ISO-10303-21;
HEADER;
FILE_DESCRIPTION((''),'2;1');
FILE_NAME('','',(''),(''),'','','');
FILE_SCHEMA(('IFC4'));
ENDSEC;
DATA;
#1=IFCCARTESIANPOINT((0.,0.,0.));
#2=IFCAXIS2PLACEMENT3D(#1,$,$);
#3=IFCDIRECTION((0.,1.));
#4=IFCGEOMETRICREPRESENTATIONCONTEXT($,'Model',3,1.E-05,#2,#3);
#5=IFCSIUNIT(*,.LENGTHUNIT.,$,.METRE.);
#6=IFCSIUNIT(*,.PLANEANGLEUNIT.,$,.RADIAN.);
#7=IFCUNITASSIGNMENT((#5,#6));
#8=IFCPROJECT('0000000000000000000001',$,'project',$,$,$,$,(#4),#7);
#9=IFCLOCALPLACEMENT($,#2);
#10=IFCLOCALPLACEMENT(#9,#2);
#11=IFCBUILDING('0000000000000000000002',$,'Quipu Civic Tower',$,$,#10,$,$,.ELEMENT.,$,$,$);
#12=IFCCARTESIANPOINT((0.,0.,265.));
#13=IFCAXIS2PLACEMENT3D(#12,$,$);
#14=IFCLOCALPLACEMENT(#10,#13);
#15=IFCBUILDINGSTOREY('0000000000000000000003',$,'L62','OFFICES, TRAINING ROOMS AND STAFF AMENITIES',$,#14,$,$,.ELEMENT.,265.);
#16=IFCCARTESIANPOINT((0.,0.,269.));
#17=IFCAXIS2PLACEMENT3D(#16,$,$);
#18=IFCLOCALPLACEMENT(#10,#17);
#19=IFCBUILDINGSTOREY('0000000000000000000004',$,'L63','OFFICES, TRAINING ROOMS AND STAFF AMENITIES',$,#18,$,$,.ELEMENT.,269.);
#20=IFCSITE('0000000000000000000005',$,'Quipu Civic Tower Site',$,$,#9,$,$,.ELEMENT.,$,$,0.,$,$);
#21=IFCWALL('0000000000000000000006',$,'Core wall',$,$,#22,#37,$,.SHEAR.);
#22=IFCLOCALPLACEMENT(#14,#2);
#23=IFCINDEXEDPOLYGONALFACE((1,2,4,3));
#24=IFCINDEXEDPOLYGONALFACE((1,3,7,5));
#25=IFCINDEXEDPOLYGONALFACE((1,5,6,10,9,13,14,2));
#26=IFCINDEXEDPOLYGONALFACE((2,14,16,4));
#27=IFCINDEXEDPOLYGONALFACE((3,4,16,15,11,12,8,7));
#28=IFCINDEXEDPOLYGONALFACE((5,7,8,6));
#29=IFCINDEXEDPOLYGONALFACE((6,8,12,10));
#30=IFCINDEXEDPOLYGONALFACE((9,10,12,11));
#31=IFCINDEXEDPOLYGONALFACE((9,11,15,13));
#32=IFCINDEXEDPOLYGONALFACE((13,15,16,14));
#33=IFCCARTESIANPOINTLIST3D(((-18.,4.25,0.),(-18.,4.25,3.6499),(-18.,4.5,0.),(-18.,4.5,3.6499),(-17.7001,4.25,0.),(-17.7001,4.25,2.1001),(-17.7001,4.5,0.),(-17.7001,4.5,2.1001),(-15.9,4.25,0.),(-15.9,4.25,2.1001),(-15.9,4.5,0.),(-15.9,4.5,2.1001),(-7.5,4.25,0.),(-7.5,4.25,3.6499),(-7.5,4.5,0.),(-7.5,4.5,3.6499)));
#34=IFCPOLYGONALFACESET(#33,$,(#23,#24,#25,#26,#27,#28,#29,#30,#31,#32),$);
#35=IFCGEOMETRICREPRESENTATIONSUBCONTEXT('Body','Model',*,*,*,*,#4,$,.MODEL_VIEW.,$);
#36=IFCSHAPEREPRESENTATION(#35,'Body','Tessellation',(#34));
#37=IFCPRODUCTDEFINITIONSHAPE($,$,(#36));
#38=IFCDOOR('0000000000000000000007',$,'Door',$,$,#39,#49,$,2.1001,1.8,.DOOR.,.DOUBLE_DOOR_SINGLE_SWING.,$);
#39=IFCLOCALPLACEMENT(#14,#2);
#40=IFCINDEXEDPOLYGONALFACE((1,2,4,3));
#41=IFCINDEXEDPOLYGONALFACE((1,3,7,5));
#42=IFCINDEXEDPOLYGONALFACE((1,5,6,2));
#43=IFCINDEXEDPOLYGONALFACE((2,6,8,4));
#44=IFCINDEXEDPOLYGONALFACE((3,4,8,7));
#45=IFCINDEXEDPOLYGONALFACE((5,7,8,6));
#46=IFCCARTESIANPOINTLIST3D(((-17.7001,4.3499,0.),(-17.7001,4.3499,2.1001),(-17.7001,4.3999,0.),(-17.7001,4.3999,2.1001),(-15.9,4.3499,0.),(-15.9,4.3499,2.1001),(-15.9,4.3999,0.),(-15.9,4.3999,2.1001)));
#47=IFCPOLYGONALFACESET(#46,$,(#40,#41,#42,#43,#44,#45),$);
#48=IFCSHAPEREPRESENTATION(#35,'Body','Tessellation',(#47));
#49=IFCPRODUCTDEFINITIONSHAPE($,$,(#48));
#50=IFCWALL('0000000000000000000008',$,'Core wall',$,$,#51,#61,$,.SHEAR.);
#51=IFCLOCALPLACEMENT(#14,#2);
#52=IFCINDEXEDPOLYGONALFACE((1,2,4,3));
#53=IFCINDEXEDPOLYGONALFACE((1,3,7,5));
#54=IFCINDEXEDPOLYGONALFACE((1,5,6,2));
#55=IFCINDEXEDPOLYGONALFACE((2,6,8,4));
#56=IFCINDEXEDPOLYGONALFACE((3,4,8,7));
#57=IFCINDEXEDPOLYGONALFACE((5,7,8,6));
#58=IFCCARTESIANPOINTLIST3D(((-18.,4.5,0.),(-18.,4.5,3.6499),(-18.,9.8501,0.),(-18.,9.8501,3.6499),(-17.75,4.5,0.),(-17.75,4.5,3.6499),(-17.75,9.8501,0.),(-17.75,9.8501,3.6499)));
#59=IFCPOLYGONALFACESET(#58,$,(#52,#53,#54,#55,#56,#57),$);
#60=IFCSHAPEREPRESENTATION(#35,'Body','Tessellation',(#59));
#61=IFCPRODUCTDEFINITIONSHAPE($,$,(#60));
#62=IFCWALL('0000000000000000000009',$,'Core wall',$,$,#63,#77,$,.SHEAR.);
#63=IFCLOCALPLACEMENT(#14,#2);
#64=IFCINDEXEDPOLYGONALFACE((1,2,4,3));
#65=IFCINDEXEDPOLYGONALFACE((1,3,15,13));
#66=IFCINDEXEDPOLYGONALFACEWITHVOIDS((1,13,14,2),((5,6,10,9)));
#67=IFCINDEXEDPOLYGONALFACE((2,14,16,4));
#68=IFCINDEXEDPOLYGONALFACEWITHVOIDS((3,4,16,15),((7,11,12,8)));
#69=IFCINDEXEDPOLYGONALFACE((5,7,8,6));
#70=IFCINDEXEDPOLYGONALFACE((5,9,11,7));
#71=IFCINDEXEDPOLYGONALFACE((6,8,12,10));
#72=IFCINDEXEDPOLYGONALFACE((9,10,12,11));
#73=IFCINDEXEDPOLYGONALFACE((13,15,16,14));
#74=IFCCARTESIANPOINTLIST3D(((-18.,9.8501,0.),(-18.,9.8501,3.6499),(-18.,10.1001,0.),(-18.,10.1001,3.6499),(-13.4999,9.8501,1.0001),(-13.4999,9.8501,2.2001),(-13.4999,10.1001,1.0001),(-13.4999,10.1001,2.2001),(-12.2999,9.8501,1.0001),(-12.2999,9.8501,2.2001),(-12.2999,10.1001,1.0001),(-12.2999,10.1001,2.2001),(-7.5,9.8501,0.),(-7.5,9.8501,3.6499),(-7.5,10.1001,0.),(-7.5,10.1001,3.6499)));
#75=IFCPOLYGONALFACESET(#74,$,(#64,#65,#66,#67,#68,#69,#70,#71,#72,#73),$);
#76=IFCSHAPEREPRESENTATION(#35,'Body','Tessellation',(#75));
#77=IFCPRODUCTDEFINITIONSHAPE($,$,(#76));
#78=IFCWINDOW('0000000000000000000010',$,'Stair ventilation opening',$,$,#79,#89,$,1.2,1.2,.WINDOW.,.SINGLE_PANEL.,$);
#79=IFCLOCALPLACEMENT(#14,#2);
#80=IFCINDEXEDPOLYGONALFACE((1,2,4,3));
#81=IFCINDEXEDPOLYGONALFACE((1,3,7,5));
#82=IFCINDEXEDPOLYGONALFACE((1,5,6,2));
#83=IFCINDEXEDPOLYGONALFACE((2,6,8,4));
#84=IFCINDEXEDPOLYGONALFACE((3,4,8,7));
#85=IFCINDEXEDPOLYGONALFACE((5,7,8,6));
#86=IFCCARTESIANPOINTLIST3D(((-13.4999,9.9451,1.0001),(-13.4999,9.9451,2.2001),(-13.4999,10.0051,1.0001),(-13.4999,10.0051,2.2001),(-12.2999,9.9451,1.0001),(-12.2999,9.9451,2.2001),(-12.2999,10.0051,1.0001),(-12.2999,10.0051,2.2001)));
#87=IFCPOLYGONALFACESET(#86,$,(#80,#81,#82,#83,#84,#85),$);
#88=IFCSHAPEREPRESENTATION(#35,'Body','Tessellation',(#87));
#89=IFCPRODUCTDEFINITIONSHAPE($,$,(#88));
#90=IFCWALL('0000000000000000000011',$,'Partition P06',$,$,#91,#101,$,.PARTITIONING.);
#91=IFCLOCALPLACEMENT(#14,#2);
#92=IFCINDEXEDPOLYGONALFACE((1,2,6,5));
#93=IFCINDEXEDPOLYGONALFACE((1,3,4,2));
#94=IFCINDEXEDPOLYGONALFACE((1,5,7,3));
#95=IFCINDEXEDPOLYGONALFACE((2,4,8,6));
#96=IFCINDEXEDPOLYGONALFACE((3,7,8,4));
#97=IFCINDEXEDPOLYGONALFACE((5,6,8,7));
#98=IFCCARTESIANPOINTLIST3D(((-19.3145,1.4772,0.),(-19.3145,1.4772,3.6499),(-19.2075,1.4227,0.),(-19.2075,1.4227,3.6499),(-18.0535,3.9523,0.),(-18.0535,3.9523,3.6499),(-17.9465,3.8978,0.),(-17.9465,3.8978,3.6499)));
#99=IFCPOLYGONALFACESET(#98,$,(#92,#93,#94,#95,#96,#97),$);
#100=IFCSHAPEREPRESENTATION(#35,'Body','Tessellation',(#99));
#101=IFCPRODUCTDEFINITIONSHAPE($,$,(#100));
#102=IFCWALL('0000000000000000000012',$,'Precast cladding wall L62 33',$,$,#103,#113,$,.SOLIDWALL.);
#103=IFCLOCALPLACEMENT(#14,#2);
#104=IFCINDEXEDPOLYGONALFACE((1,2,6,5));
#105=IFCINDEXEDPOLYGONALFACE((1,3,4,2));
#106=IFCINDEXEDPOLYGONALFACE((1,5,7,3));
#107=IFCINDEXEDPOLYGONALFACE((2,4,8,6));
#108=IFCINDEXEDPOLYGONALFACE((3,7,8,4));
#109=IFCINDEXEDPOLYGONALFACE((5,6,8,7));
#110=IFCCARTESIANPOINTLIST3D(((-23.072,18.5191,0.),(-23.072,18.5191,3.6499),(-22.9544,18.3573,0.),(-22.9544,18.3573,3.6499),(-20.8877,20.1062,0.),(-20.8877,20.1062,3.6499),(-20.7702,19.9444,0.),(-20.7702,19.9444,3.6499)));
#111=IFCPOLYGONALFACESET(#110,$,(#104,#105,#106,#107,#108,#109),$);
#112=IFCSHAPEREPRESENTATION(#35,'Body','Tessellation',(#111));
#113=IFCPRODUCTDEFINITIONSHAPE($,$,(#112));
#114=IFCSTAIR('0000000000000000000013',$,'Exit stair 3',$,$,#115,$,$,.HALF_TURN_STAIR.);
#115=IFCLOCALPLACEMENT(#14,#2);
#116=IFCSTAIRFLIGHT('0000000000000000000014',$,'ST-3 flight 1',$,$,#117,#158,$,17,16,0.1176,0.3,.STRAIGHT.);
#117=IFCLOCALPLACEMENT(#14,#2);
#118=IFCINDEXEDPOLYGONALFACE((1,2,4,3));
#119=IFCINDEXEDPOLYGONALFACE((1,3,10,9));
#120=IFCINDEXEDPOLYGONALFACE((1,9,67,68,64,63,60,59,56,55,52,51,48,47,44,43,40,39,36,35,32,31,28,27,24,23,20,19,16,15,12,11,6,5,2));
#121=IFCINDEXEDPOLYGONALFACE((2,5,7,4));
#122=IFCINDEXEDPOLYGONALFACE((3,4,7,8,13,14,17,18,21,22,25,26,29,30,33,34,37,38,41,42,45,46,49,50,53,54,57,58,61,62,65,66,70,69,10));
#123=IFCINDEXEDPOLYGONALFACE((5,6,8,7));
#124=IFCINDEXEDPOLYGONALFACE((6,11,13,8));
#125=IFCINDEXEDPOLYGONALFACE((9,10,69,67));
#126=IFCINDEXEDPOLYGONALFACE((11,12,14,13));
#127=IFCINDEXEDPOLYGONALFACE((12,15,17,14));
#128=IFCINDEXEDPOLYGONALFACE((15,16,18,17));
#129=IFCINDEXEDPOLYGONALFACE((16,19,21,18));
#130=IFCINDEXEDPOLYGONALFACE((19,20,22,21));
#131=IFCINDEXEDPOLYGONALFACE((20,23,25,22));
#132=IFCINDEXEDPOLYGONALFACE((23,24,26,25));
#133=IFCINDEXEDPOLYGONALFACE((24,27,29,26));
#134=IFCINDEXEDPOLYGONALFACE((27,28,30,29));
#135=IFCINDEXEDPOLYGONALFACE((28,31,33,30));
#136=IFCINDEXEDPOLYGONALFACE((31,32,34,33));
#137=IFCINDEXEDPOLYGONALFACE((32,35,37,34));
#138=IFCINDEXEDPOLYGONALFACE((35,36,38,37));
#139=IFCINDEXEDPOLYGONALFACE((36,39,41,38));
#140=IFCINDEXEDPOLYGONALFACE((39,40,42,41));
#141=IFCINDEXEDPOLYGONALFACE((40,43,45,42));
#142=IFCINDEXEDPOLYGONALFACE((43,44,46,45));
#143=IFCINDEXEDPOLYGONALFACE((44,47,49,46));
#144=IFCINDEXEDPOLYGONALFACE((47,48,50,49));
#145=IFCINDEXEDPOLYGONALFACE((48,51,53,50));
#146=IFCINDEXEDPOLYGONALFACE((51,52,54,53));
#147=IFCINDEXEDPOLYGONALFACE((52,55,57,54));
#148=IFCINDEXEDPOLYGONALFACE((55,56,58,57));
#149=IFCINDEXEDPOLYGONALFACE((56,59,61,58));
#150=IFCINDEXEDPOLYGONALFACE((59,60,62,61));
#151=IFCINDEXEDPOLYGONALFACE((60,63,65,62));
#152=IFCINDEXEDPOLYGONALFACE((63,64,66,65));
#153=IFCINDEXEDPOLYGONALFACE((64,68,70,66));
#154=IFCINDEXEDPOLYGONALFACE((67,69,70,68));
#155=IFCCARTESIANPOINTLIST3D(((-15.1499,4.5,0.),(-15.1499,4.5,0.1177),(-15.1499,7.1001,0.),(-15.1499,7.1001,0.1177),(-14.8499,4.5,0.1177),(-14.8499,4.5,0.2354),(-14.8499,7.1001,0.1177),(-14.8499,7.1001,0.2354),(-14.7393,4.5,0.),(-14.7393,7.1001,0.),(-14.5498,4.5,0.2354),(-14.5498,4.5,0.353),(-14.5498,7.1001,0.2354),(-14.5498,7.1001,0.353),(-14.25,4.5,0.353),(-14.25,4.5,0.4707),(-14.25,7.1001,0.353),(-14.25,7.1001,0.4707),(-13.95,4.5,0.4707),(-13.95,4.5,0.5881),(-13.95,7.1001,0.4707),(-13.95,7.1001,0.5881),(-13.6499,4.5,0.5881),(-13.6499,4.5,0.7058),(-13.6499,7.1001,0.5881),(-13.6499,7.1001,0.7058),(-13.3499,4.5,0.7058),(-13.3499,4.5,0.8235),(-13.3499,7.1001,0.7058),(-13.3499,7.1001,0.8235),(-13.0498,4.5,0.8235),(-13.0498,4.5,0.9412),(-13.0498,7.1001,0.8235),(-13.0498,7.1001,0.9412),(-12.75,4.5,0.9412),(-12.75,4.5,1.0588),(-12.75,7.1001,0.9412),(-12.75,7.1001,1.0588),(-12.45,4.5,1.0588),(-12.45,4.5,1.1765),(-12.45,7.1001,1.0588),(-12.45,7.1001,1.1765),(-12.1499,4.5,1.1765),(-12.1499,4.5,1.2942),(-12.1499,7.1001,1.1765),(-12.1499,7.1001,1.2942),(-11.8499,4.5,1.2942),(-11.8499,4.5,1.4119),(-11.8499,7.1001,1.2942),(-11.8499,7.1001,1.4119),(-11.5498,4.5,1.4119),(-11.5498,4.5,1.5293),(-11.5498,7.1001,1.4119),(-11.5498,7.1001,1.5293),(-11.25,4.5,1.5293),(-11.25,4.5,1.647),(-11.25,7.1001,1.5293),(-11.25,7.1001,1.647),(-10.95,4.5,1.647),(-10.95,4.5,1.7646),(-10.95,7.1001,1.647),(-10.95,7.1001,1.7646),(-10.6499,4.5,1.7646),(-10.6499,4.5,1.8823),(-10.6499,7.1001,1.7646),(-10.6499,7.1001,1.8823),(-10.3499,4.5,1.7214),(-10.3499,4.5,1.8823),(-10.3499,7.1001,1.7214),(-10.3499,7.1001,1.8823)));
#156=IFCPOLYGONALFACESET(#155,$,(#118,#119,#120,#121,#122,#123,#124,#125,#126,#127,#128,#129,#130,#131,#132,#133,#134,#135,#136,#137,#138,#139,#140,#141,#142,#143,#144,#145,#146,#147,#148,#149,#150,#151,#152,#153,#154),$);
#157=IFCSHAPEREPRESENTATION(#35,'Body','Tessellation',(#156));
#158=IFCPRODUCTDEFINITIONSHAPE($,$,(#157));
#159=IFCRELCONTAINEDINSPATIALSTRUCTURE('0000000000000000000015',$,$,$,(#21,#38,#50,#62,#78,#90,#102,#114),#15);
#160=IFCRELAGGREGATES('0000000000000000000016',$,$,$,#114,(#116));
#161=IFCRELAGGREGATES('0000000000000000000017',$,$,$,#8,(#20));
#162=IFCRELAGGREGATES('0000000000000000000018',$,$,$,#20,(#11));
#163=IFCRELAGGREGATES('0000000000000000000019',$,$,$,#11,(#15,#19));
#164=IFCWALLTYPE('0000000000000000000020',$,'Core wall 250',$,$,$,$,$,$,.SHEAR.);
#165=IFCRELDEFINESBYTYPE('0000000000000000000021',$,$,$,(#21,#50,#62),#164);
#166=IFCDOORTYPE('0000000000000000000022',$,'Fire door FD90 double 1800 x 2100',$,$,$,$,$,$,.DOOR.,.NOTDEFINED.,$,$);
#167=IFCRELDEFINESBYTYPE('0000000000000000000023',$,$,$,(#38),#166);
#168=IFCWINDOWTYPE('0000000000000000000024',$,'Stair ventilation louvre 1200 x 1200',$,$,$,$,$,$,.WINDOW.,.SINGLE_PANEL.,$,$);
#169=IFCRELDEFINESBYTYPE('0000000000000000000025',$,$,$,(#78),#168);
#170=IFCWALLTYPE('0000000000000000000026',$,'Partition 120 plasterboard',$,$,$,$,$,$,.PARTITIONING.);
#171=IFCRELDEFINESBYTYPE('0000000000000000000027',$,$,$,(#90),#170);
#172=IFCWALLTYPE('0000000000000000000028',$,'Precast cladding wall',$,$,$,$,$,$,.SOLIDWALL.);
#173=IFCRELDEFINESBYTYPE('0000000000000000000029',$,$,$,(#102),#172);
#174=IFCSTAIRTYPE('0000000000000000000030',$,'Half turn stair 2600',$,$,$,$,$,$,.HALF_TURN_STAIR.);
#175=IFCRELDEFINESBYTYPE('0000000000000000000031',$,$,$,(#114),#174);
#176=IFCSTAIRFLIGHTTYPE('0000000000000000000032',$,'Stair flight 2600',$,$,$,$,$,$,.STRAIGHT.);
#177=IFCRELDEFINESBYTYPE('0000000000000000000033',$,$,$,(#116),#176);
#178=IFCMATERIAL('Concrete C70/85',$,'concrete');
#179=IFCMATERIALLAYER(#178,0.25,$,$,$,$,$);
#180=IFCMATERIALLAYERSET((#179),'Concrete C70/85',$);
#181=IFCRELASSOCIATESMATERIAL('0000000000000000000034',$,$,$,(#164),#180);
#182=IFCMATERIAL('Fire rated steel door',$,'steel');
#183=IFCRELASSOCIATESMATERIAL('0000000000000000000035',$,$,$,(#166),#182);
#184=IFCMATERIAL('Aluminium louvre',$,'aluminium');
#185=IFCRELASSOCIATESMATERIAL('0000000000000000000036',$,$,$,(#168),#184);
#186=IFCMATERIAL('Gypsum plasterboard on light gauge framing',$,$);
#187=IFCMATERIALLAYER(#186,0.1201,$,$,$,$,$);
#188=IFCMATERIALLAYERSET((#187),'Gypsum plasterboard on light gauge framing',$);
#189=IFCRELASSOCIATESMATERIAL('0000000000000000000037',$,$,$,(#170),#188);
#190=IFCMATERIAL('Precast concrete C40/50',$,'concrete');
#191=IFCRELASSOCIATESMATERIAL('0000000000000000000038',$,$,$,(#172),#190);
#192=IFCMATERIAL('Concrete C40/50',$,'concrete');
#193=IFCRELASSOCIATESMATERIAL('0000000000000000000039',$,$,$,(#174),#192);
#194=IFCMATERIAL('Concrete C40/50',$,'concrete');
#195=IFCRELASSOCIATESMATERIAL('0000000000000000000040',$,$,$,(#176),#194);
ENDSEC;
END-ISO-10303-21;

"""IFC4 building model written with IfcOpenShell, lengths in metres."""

from ifc_helpers import new_model, si_unit, direction, frame, frame_2d, origin, place, context, subcontext, project, spatial, polyline, rectangle, outline, extrude, material, layer, layer_set, type_object, element, fill, aggregate, save


model = new_model("IFC4")

# Units and contexts
model_context = context("Model", 3, precision=1e-05, world=origin(), true_north=direction((0.0, 1.0)))
body_context = subcontext(model_context, "Body", "Model", "MODEL_VIEW")
ifc_project = project(units=[si_unit("LENGTHUNIT", "METRE"), si_unit("PLANEANGLEUNIT", "RADIAN")], contexts=[model_context])

# Site, building, storey
site_placement = place(None, origin())
site = spatial("IfcSite", under=ifc_project, at=site_placement, Name="Quipu Civic Tower Site", CompositionType="ELEMENT", RefElevation=0.0)
building_placement = place(site_placement, origin())
building = spatial("IfcBuilding", under=site, at=building_placement, Name="Quipu Civic Tower", CompositionType="ELEMENT")
storey_1_placement = place(building_placement, frame((0.0, 0.0, 265.0)))
storey_1 = spatial("IfcBuildingStorey", under=building, at=storey_1_placement, Name="L62", Description="OFFICES, TRAINING ROOMS AND STAFF AMENITIES", CompositionType="ELEMENT", Elevation=265.0)

# Shared definitions
storey_2_placement = place(building_placement, frame((0.0, 0.0, 269.0)))
storey_2 = spatial("IfcBuildingStorey", under=building, at=storey_2_placement, Name="L63", Description="OFFICES, TRAINING ROOMS AND STAFF AMENITIES", CompositionType="ELEMENT", Elevation=269.0)

# Shared definitions
ifc_material_1 = material(Name="Concrete C70/85", Category="concrete")
ifc_layer_1 = layer(ifc_material_1, 0.25)
ifc_layer_set_1 = layer_set([ifc_layer_1], Name="Concrete C70/85")
wall_type_1 = type_object("IfcWallType", Name="Core wall 250", PredefinedType="SHEAR", material=ifc_layer_set_1)
ifc_material_2 = material(Name="Fire rated steel door", Category="steel")
door_type = type_object("IfcDoorType", Name="Fire door FD90 double 1800 x 2100", OperationType="NOTDEFINED", PredefinedType="DOOR", material=ifc_material_2)

# Wall, opening, door
wall_1_placement = place(storey_1_placement, frame((-18.0, 4.375, 0.0), z_axis=(0.0, 0.0, 1.0), x_axis=(1.0, 0.0, 0.0)))
wall_1 = element("IfcWall", 1, at=wall_1_placement, inside=storey_1, type_object=wall_type_1, Name="Core wall", PredefinedType="SHEAR", context=body_context, shape_type="SweptSolid", body=[
    extrude(rectangle(XDim=10.5, YDim=0.25, at=frame_2d((5.25, 0.0))), origin(), (0.0, 0.0, 1.0), 3.6499),
])
opening_1_placement = place(wall_1_placement, frame((0.3, 0.0, 0.0)))
opening_1 = element("IfcOpeningElement", 2, at=opening_1_placement, cuts=wall_1, PredefinedType="OPENING", context=body_context, shape_type="SweptSolid", body=[
    extrude(rectangle(XDim=1.8, YDim=2.1001, at=frame_2d((0.8999, 1.05))), frame((0.0, 0.135, 0.0), z_axis=(0.0, -1.0, 0.0), x_axis=(1.0, 0.0, 0.0)), (0.0, 0.0, 1.0), 0.27),
])
door_1_placement = place(opening_1_placement, origin())
door_1 = element("IfcDoor", 3, at=door_1_placement, inside=storey_1, type_object=door_type, Name="Door", OperationType="DOUBLE_DOOR_SINGLE_SWING", OverallHeight=2.1001, OverallWidth=1.8, PredefinedType="DOOR", context=body_context, shape_type="SweptSolid", body=[
    extrude(rectangle(XDim=1.8, YDim=2.1001, at=frame_2d((0.8999, 1.05))), frame((0.0, 0.0249, 0.0), z_axis=(0.0, -1.0, 0.0), x_axis=(1.0, 0.0, 0.0)), (0.0, 0.0, 1.0), 0.05),
])
fill(opening_1, door_1)

# Wall
wall_2_placement = place(storey_1_placement, frame((-17.875, 4.5, 0.0), z_axis=(0.0, 0.0, 1.0), x_axis=(0.0, 1.0, 0.0)))
element("IfcWall", 4, at=wall_2_placement, inside=storey_1, type_object=wall_type_1, Name="Core wall", PredefinedType="SHEAR", context=body_context, shape_type="SweptSolid", body=[
    extrude(rectangle(XDim=5.3501, YDim=0.25, at=frame_2d((2.675, 0.0))), origin(), (0.0, 0.0, 1.0), 3.6499),
])

# Wall, opening, window
wall_3_placement = place(storey_1_placement, frame((-18.0, 9.9751, 0.0), z_axis=(0.0, 0.0, 1.0), x_axis=(1.0, 0.0, 0.0)))
wall_3 = element("IfcWall", 5, at=wall_3_placement, inside=storey_1, type_object=wall_type_1, Name="Core wall", PredefinedType="SHEAR", context=body_context, shape_type="SweptSolid", body=[
    extrude(rectangle(XDim=10.5, YDim=0.25, at=frame_2d((5.25, 0.0))), origin(), (0.0, 0.0, 1.0), 3.6499),
])
opening_2_placement = place(wall_3_placement, frame((4.5, 0.0, 1.0)))
opening_2 = element("IfcOpeningElement", 6, at=opening_2_placement, cuts=wall_3, PredefinedType="OPENING", context=body_context, shape_type="SweptSolid", body=[
    extrude(rectangle(XDim=1.2, YDim=1.2, at=frame_2d((0.6001, 0.6001))), frame((0.0, 0.135, 0.0), z_axis=(0.0, -1.0, 0.0), x_axis=(1.0, 0.0, 0.0)), (0.0, 0.0, 1.0), 0.27),
])
ifc_material_3 = material(Name="Aluminium louvre", Category="aluminium")
window_type = type_object("IfcWindowType", Name="Stair ventilation louvre 1200 x 1200", PartitioningType="SINGLE_PANEL", PredefinedType="WINDOW", material=ifc_material_3)
window_placement = place(opening_2_placement, origin())
window = element("IfcWindow", 7, at=window_placement, inside=storey_1, type_object=window_type, Name="Stair ventilation opening", OverallHeight=1.2, OverallWidth=1.2, PartitioningType="SINGLE_PANEL", PredefinedType="WINDOW", context=body_context, shape_type="SweptSolid", body=[
    extrude(rectangle(XDim=1.2, YDim=1.2, at=frame_2d((0.6001, 0.6001))), frame((0.0, 0.03, 0.0), z_axis=(0.0, -1.0, 0.0), x_axis=(1.0, 0.0, 0.0)), (0.0, 0.0, 1.0), 0.0601),
])
fill(opening_2, window)

# Walls
ifc_material_4 = material(Name="Gypsum plasterboard on light gauge framing")
ifc_layer_2 = layer(ifc_material_4, 0.1201)
ifc_layer_set_2 = layer_set([ifc_layer_2], Name="Gypsum plasterboard on light gauge framing")
wall_type_2 = type_object("IfcWallType", Name="Partition 120 plasterboard", PredefinedType="PARTITIONING", material=ifc_layer_set_2)
wall_4_placement = place(storey_1_placement, frame((-19.261, 1.45, 0.0), z_axis=(0.0, 0.0, 1.0), x_axis=(0.453951, 0.891027, 0.0)))
element("IfcWall", 8, at=wall_4_placement, inside=storey_1, type_object=wall_type_2, Name="Partition P06", PredefinedType="PARTITIONING", context=body_context, shape_type="SweptSolid", body=[
    extrude(rectangle(XDim=2.7778, YDim=0.1201, at=frame_2d((1.3889, 0.0))), origin(), (0.0, 0.0, 1.0), 3.6499),
])
ifc_material_5 = material(Name="Precast concrete C40/50", Category="concrete")
wall_type_3 = type_object("IfcWallType", Name="Precast cladding wall", PredefinedType="SOLIDWALL", material=ifc_material_5)
wall_5_placement = place(storey_1_placement, frame((-20.8289, 20.0254, 0.0), z_axis=(0.0, 0.0, 1.0), x_axis=(-0.80899, -0.587822, 0.0)))
element("IfcWall", 9, at=wall_5_placement, inside=storey_1, type_object=wall_type_3, Name="Precast cladding wall L62 33", PredefinedType="SOLIDWALL", context=body_context, shape_type="SweptSolid", body=[
    extrude(rectangle(XDim=2.7, YDim=0.2, at=frame_2d((1.3501, 0.0))), origin(), (0.0, 0.0, 1.0), 3.6499),
])

# Stair, stair flight
ifc_material_6 = material(Name="Concrete C40/50", Category="concrete")
stair_type = type_object("IfcStairType", Name="Half turn stair 2600", PredefinedType="HALF_TURN_STAIR", material=ifc_material_6)
stair_placement = place(storey_1_placement, origin())
stair = element("IfcStair", 10, at=stair_placement, inside=storey_1, type_object=stair_type, Name="Exit stair 3", PredefinedType="HALF_TURN_STAIR")
ifc_material_7 = material(Name="Concrete C40/50", Category="concrete")
stair_flight_type = type_object("IfcStairFlightType", Name="Stair flight 2600", PredefinedType="STRAIGHT", material=ifc_material_7)
stair_flight_placement = place(storey_1_placement, frame((-15.1499, 5.8, 0.0), z_axis=(0.0, 0.0, 1.0), x_axis=(1.0, 0.0, 0.0)))
stair_flight = element("IfcStairFlight", 11, at=stair_flight_placement, type_object=stair_flight_type, Name="ST-3 flight 1", NumberOfRisers=17, NumberOfTreads=16, PredefinedType="STRAIGHT", RiserHeight=0.1176, TreadLength=0.3, context=body_context, shape_type="SweptSolid", body=[
    extrude(outline(polyline([(0.0, 0.0), (0.0, 0.1177), (0.3, 0.1177), (0.3, 0.2354), (0.6001, 0.2354), (0.6001, 0.353), (0.8999, 0.353), (0.8999, 0.4707), (1.2, 0.4707), (1.2, 0.5881), (1.5, 0.5881), (1.5, 0.7058), (1.8, 0.7058), (1.8, 0.8235), (2.1001, 0.8235), (2.1001, 0.9412), (2.3999, 0.9412), (2.3999, 1.0588), (2.7, 1.0588), (2.7, 1.1765), (3.0, 1.1765), (3.0, 1.2942), (3.3, 1.2942), (3.3, 1.4119), (3.6001, 1.4119), (3.6001, 1.5293), (3.8999, 1.5293), (3.8999, 1.647), (4.2, 1.647), (4.2, 1.7646), (4.5, 1.7646), (4.5, 1.8823), (4.8, 1.8823), (4.8, 2.0), (4.8, 1.7214), (0.4106, 0.0), (0.0, 0.0)])), frame((0.0, 1.3, 0.0), z_axis=(0.0, -1.0, 0.0), x_axis=(1.0, 0.0, 0.0)), (0.0, 0.0, 1.0), 2.6001),
])
aggregate(stair, [stair_flight])

save(model, "model.ifc")
